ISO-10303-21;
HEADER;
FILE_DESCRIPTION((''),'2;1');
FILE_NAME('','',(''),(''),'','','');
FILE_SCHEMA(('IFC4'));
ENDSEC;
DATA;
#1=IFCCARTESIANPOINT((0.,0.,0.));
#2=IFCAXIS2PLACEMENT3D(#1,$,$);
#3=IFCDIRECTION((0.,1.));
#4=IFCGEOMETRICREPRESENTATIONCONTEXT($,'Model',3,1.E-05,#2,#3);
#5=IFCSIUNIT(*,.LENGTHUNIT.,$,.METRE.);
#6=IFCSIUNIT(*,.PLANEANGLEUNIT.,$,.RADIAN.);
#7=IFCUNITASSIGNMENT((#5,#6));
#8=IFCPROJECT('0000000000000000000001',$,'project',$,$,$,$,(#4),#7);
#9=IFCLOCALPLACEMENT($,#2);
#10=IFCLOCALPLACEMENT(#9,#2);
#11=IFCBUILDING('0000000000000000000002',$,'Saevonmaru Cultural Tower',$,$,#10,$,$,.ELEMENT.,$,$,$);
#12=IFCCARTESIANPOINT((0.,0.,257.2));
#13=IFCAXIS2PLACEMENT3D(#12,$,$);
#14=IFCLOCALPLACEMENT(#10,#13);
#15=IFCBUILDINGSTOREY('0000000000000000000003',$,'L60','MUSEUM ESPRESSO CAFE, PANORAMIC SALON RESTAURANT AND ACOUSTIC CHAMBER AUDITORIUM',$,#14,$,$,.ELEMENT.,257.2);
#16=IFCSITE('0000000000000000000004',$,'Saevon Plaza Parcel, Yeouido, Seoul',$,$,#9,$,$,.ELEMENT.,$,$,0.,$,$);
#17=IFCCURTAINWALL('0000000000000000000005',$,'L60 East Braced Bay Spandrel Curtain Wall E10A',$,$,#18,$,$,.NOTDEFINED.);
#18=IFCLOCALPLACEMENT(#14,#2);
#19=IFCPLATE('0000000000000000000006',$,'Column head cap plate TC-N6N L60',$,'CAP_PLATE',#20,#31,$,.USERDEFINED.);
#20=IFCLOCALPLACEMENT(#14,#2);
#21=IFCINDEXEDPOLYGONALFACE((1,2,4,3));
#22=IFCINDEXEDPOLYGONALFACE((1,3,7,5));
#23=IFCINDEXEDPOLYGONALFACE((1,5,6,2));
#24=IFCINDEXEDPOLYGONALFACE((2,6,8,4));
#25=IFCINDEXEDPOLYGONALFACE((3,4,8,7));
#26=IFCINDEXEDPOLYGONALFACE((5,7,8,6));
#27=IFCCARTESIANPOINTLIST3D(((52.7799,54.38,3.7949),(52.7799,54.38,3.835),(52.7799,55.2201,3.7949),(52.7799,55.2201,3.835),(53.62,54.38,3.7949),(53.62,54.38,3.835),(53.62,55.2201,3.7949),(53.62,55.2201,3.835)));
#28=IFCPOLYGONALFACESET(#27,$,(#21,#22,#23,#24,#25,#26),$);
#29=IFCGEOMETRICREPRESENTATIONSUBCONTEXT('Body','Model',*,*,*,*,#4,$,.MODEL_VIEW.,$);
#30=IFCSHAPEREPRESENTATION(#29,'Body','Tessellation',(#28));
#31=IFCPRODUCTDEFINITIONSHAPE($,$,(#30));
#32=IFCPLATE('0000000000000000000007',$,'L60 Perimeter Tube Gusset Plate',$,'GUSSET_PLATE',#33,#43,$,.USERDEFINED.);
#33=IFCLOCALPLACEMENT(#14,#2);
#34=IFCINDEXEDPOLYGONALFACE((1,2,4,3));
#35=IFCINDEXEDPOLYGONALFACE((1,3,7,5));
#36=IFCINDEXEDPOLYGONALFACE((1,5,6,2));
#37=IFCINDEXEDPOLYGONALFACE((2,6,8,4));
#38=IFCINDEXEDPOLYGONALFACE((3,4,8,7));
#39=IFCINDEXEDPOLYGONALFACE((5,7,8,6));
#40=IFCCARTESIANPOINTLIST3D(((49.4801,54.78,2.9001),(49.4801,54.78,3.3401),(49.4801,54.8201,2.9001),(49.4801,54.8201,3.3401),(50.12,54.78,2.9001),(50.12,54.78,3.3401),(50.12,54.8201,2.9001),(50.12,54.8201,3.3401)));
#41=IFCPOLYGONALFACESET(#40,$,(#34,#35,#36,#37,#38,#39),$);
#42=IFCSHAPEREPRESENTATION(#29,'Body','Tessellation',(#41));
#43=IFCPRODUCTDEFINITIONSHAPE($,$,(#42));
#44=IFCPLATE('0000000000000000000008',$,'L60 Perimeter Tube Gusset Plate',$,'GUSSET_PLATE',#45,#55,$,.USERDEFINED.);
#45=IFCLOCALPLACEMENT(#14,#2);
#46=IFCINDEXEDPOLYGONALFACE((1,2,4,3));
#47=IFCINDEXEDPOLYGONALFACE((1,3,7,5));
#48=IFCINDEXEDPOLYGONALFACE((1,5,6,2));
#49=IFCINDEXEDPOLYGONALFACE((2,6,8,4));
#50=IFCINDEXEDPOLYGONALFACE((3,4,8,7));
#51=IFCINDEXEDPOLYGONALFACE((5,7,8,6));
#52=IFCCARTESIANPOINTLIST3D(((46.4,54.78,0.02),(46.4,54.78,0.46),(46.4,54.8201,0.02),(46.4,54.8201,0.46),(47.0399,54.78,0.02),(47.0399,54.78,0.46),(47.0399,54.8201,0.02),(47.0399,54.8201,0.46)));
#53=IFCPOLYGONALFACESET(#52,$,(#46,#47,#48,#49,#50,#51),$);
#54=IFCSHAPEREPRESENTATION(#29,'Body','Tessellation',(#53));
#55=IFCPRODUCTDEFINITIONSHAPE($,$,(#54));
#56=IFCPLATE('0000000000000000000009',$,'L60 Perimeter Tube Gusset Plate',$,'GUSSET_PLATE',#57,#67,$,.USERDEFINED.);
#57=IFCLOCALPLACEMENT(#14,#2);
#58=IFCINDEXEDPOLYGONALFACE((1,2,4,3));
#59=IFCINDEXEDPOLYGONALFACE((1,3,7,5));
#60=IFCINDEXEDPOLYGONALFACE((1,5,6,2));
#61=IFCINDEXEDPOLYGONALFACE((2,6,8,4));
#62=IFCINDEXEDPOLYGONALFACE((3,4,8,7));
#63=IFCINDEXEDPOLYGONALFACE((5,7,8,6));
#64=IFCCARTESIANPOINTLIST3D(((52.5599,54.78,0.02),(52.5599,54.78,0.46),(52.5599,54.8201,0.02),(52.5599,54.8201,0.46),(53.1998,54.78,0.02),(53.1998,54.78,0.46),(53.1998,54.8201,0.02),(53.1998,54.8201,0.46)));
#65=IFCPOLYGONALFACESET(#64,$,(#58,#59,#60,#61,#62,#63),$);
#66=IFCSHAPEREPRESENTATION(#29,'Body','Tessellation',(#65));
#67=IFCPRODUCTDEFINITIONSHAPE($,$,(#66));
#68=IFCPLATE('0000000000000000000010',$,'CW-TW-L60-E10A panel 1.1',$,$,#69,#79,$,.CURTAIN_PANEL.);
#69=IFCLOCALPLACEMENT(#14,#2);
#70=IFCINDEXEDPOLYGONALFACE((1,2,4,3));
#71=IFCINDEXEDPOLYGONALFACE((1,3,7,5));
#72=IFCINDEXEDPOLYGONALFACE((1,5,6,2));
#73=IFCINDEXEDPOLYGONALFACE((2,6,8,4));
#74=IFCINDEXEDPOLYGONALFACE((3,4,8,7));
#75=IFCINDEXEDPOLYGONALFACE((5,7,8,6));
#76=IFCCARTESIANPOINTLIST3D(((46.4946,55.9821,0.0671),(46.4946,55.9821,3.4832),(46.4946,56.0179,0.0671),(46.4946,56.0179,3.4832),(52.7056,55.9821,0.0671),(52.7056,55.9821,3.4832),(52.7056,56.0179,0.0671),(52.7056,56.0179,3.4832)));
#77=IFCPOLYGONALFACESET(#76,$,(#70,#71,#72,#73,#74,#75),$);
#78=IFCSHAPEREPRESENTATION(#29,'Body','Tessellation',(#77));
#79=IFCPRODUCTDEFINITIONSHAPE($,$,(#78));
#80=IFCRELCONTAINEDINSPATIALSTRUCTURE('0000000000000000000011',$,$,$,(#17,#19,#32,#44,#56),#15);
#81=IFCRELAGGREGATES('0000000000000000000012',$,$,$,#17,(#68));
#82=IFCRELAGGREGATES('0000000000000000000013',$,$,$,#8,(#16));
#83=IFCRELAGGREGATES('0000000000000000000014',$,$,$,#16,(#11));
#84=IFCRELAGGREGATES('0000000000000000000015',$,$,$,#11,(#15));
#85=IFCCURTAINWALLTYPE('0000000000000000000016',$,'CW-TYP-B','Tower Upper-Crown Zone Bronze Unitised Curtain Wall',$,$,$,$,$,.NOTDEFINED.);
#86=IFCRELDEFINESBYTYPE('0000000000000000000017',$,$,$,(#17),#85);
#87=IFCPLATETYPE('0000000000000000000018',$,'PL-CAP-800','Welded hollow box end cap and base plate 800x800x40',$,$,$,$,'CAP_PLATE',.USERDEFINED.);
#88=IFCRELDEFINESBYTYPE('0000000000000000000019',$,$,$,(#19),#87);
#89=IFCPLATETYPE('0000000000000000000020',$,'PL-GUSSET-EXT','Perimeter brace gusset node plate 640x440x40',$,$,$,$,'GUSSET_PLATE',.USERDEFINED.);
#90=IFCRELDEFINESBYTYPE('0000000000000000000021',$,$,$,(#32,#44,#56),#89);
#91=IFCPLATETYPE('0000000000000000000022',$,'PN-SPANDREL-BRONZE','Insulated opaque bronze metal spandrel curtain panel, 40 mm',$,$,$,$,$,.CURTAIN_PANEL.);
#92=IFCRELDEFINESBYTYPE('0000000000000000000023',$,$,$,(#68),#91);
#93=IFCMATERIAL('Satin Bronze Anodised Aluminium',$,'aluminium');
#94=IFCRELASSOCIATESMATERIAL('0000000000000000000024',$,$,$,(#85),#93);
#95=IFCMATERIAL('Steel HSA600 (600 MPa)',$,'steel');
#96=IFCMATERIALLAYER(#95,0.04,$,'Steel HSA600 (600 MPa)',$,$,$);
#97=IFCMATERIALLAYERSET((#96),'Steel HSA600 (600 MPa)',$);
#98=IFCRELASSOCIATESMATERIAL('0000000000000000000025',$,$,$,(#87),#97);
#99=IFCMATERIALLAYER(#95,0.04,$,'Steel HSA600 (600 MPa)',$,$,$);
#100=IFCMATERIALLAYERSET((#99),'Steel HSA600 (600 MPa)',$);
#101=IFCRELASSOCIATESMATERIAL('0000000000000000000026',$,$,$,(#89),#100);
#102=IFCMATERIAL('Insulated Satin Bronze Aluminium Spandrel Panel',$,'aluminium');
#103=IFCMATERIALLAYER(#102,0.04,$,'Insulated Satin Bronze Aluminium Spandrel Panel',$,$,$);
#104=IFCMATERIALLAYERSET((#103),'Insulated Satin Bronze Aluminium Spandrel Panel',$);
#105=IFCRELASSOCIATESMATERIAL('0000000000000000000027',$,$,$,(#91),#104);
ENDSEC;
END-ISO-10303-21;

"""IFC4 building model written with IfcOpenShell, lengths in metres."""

from ifc_helpers import new_model, si_unit, direction, frame, origin, origin_2d, place, context, subcontext, project, spatial, rectangle, extrude, material, layer, layer_set, type_object, element, aggregate, save


model = new_model("IFC4")

# Units and contexts
model_context = context("Model", 3, precision=1e-05, world=origin(), true_north=direction((0.0, 1.0)))
body_context = subcontext(model_context, "Body", "Model", "MODEL_VIEW")
ifc_project = project(units=[si_unit("LENGTHUNIT", "METRE"), si_unit("PLANEANGLEUNIT", "RADIAN")], contexts=[model_context])

# Site, building, storey
site_placement = place(None, origin())
site = spatial("IfcSite", under=ifc_project, at=site_placement, Name="Saevon Plaza Parcel, Yeouido, Seoul", CompositionType="ELEMENT", RefElevation=0.0)
building_placement = place(site_placement, origin())
building = spatial("IfcBuilding", under=site, at=building_placement, Name="Saevonmaru Cultural Tower", CompositionType="ELEMENT")
storey_placement = place(building_placement, frame((0.0, 0.0, 257.2)))
storey = spatial("IfcBuildingStorey", under=building, at=storey_placement, Name="L60", Description="MUSEUM ESPRESSO CAFE, PANORAMIC SALON RESTAURANT AND ACOUSTIC CHAMBER AUDITORIUM", CompositionType="ELEMENT", Elevation=257.2)

# Curtain wall
ifc_material_1 = material(Name="Satin Bronze Anodised Aluminium", Category="aluminium")
curtain_wall_type = type_object("IfcCurtainWallType", Name="CW-TYP-B", Description="Tower Upper-Crown Zone Bronze Unitised Curtain Wall", PredefinedType="NOTDEFINED", material=ifc_material_1)
curtain_wall_1_placement = place(storey_placement, origin())
curtain_wall_1 = element("IfcCurtainWall", 1, at=curtain_wall_1_placement, inside=storey, type_object=curtain_wall_type, Name="L60 East Braced Bay Spandrel Curtain Wall E10A", PredefinedType="NOTDEFINED")

# Plates
ifc_material_2 = material(Name="Steel HSA600 (600 MPa)", Category="steel")
ifc_layer_1 = layer(ifc_material_2, 0.04, Name="Steel HSA600 (600 MPa)")
ifc_layer_set_1 = layer_set([ifc_layer_1], Name="Steel HSA600 (600 MPa)")
plate_type_1 = type_object("IfcPlateType", Name="PL-CAP-800", Description="Welded hollow box end cap and base plate 800x800x40", ElementType="CAP_PLATE", PredefinedType="USERDEFINED", material=ifc_layer_set_1)
for number, where, z_axis, x_axis, name in (
    (2, (53.2, 54.8, 3.7949), (0.0, 0.0, 1.0), (1.0, 0.0, 0.0), "Column head cap plate TC-N6N L60"),
):
    element("IfcPlate", number, at=place(storey_placement, frame(where, z_axis=z_axis, x_axis=x_axis)), inside=storey, type_object=plate_type_1, Name=name, ObjectType="CAP_PLATE", PredefinedType="USERDEFINED", context=body_context, shape_type="SweptSolid", body=[
        extrude(rectangle(XDim=0.8401, YDim=0.8401, at=origin_2d()), origin(), (0.0, 0.0, 1.0), 0.04),
    ])
ifc_layer_2 = layer(ifc_material_2, 0.04, Name="Steel HSA600 (600 MPa)")
ifc_layer_set_2 = layer_set([ifc_layer_2], Name="Steel HSA600 (600 MPa)")
plate_type_2 = type_object("IfcPlateType", Name="PL-GUSSET-EXT", Description="Perimeter brace gusset node plate 640x440x40", ElementType="GUSSET_PLATE", PredefinedType="USERDEFINED", material=ifc_layer_set_2)
for number, where, z_axis, x_axis, name in (
    (3, (49.8, 54.8, 2.9001), (0.0, 0.0, 1.0), (1.0, 0.0, 0.0), "L60 Perimeter Tube Gusset Plate"),
    (4, (46.72, 54.8, 0.02), (0.0, 0.0, 1.0), (1.0, 0.0, 0.0), "L60 Perimeter Tube Gusset Plate"),
    (5, (52.8799, 54.8, 0.02), (0.0, 0.0, 1.0), (1.0, 0.0, 0.0), "L60 Perimeter Tube Gusset Plate"),
):
    element("IfcPlate", number, at=place(storey_placement, frame(where, z_axis=z_axis, x_axis=x_axis)), inside=storey, type_object=plate_type_2, Name=name, ObjectType="GUSSET_PLATE", PredefinedType="USERDEFINED", context=body_context, shape_type="SweptSolid", body=[
        extrude(rectangle(XDim=0.6399, YDim=0.04, at=origin_2d()), origin(), (0.0, 0.0, 1.0), 0.4399),
    ])

# Plate
ifc_material_3 = material(Name="Insulated Satin Bronze Aluminium Spandrel Panel", Category="aluminium")
ifc_layer_3 = layer(ifc_material_3, 0.04, Name="Insulated Satin Bronze Aluminium Spandrel Panel")
ifc_layer_set_3 = layer_set([ifc_layer_3], Name="Insulated Satin Bronze Aluminium Spandrel Panel")
plate_type_3 = type_object("IfcPlateType", Name="PN-SPANDREL-BRONZE", Description="Insulated opaque bronze metal spandrel curtain panel, 40 mm", PredefinedType="CURTAIN_PANEL", material=ifc_layer_set_3)
plate_placement = place(storey_placement, frame((49.6001, 56.0, 0.0671), z_axis=(0.0, 0.0, 1.0), x_axis=(-1.0, 0.0, 0.0)))
plate = element("IfcPlate", 6, at=plate_placement, type_object=plate_type_3, Name="CW-TW-L60-E10A panel 1.1", PredefinedType="CURTAIN_PANEL", context=body_context, shape_type="SweptSolid", body=[
    extrude(rectangle(XDim=6.2109, YDim=0.0359, at=origin_2d()), origin(), (0.0, 0.0, 1.0), 3.416),
])
aggregate(curtain_wall_1, [plate])

save(model, "model.ifc")
